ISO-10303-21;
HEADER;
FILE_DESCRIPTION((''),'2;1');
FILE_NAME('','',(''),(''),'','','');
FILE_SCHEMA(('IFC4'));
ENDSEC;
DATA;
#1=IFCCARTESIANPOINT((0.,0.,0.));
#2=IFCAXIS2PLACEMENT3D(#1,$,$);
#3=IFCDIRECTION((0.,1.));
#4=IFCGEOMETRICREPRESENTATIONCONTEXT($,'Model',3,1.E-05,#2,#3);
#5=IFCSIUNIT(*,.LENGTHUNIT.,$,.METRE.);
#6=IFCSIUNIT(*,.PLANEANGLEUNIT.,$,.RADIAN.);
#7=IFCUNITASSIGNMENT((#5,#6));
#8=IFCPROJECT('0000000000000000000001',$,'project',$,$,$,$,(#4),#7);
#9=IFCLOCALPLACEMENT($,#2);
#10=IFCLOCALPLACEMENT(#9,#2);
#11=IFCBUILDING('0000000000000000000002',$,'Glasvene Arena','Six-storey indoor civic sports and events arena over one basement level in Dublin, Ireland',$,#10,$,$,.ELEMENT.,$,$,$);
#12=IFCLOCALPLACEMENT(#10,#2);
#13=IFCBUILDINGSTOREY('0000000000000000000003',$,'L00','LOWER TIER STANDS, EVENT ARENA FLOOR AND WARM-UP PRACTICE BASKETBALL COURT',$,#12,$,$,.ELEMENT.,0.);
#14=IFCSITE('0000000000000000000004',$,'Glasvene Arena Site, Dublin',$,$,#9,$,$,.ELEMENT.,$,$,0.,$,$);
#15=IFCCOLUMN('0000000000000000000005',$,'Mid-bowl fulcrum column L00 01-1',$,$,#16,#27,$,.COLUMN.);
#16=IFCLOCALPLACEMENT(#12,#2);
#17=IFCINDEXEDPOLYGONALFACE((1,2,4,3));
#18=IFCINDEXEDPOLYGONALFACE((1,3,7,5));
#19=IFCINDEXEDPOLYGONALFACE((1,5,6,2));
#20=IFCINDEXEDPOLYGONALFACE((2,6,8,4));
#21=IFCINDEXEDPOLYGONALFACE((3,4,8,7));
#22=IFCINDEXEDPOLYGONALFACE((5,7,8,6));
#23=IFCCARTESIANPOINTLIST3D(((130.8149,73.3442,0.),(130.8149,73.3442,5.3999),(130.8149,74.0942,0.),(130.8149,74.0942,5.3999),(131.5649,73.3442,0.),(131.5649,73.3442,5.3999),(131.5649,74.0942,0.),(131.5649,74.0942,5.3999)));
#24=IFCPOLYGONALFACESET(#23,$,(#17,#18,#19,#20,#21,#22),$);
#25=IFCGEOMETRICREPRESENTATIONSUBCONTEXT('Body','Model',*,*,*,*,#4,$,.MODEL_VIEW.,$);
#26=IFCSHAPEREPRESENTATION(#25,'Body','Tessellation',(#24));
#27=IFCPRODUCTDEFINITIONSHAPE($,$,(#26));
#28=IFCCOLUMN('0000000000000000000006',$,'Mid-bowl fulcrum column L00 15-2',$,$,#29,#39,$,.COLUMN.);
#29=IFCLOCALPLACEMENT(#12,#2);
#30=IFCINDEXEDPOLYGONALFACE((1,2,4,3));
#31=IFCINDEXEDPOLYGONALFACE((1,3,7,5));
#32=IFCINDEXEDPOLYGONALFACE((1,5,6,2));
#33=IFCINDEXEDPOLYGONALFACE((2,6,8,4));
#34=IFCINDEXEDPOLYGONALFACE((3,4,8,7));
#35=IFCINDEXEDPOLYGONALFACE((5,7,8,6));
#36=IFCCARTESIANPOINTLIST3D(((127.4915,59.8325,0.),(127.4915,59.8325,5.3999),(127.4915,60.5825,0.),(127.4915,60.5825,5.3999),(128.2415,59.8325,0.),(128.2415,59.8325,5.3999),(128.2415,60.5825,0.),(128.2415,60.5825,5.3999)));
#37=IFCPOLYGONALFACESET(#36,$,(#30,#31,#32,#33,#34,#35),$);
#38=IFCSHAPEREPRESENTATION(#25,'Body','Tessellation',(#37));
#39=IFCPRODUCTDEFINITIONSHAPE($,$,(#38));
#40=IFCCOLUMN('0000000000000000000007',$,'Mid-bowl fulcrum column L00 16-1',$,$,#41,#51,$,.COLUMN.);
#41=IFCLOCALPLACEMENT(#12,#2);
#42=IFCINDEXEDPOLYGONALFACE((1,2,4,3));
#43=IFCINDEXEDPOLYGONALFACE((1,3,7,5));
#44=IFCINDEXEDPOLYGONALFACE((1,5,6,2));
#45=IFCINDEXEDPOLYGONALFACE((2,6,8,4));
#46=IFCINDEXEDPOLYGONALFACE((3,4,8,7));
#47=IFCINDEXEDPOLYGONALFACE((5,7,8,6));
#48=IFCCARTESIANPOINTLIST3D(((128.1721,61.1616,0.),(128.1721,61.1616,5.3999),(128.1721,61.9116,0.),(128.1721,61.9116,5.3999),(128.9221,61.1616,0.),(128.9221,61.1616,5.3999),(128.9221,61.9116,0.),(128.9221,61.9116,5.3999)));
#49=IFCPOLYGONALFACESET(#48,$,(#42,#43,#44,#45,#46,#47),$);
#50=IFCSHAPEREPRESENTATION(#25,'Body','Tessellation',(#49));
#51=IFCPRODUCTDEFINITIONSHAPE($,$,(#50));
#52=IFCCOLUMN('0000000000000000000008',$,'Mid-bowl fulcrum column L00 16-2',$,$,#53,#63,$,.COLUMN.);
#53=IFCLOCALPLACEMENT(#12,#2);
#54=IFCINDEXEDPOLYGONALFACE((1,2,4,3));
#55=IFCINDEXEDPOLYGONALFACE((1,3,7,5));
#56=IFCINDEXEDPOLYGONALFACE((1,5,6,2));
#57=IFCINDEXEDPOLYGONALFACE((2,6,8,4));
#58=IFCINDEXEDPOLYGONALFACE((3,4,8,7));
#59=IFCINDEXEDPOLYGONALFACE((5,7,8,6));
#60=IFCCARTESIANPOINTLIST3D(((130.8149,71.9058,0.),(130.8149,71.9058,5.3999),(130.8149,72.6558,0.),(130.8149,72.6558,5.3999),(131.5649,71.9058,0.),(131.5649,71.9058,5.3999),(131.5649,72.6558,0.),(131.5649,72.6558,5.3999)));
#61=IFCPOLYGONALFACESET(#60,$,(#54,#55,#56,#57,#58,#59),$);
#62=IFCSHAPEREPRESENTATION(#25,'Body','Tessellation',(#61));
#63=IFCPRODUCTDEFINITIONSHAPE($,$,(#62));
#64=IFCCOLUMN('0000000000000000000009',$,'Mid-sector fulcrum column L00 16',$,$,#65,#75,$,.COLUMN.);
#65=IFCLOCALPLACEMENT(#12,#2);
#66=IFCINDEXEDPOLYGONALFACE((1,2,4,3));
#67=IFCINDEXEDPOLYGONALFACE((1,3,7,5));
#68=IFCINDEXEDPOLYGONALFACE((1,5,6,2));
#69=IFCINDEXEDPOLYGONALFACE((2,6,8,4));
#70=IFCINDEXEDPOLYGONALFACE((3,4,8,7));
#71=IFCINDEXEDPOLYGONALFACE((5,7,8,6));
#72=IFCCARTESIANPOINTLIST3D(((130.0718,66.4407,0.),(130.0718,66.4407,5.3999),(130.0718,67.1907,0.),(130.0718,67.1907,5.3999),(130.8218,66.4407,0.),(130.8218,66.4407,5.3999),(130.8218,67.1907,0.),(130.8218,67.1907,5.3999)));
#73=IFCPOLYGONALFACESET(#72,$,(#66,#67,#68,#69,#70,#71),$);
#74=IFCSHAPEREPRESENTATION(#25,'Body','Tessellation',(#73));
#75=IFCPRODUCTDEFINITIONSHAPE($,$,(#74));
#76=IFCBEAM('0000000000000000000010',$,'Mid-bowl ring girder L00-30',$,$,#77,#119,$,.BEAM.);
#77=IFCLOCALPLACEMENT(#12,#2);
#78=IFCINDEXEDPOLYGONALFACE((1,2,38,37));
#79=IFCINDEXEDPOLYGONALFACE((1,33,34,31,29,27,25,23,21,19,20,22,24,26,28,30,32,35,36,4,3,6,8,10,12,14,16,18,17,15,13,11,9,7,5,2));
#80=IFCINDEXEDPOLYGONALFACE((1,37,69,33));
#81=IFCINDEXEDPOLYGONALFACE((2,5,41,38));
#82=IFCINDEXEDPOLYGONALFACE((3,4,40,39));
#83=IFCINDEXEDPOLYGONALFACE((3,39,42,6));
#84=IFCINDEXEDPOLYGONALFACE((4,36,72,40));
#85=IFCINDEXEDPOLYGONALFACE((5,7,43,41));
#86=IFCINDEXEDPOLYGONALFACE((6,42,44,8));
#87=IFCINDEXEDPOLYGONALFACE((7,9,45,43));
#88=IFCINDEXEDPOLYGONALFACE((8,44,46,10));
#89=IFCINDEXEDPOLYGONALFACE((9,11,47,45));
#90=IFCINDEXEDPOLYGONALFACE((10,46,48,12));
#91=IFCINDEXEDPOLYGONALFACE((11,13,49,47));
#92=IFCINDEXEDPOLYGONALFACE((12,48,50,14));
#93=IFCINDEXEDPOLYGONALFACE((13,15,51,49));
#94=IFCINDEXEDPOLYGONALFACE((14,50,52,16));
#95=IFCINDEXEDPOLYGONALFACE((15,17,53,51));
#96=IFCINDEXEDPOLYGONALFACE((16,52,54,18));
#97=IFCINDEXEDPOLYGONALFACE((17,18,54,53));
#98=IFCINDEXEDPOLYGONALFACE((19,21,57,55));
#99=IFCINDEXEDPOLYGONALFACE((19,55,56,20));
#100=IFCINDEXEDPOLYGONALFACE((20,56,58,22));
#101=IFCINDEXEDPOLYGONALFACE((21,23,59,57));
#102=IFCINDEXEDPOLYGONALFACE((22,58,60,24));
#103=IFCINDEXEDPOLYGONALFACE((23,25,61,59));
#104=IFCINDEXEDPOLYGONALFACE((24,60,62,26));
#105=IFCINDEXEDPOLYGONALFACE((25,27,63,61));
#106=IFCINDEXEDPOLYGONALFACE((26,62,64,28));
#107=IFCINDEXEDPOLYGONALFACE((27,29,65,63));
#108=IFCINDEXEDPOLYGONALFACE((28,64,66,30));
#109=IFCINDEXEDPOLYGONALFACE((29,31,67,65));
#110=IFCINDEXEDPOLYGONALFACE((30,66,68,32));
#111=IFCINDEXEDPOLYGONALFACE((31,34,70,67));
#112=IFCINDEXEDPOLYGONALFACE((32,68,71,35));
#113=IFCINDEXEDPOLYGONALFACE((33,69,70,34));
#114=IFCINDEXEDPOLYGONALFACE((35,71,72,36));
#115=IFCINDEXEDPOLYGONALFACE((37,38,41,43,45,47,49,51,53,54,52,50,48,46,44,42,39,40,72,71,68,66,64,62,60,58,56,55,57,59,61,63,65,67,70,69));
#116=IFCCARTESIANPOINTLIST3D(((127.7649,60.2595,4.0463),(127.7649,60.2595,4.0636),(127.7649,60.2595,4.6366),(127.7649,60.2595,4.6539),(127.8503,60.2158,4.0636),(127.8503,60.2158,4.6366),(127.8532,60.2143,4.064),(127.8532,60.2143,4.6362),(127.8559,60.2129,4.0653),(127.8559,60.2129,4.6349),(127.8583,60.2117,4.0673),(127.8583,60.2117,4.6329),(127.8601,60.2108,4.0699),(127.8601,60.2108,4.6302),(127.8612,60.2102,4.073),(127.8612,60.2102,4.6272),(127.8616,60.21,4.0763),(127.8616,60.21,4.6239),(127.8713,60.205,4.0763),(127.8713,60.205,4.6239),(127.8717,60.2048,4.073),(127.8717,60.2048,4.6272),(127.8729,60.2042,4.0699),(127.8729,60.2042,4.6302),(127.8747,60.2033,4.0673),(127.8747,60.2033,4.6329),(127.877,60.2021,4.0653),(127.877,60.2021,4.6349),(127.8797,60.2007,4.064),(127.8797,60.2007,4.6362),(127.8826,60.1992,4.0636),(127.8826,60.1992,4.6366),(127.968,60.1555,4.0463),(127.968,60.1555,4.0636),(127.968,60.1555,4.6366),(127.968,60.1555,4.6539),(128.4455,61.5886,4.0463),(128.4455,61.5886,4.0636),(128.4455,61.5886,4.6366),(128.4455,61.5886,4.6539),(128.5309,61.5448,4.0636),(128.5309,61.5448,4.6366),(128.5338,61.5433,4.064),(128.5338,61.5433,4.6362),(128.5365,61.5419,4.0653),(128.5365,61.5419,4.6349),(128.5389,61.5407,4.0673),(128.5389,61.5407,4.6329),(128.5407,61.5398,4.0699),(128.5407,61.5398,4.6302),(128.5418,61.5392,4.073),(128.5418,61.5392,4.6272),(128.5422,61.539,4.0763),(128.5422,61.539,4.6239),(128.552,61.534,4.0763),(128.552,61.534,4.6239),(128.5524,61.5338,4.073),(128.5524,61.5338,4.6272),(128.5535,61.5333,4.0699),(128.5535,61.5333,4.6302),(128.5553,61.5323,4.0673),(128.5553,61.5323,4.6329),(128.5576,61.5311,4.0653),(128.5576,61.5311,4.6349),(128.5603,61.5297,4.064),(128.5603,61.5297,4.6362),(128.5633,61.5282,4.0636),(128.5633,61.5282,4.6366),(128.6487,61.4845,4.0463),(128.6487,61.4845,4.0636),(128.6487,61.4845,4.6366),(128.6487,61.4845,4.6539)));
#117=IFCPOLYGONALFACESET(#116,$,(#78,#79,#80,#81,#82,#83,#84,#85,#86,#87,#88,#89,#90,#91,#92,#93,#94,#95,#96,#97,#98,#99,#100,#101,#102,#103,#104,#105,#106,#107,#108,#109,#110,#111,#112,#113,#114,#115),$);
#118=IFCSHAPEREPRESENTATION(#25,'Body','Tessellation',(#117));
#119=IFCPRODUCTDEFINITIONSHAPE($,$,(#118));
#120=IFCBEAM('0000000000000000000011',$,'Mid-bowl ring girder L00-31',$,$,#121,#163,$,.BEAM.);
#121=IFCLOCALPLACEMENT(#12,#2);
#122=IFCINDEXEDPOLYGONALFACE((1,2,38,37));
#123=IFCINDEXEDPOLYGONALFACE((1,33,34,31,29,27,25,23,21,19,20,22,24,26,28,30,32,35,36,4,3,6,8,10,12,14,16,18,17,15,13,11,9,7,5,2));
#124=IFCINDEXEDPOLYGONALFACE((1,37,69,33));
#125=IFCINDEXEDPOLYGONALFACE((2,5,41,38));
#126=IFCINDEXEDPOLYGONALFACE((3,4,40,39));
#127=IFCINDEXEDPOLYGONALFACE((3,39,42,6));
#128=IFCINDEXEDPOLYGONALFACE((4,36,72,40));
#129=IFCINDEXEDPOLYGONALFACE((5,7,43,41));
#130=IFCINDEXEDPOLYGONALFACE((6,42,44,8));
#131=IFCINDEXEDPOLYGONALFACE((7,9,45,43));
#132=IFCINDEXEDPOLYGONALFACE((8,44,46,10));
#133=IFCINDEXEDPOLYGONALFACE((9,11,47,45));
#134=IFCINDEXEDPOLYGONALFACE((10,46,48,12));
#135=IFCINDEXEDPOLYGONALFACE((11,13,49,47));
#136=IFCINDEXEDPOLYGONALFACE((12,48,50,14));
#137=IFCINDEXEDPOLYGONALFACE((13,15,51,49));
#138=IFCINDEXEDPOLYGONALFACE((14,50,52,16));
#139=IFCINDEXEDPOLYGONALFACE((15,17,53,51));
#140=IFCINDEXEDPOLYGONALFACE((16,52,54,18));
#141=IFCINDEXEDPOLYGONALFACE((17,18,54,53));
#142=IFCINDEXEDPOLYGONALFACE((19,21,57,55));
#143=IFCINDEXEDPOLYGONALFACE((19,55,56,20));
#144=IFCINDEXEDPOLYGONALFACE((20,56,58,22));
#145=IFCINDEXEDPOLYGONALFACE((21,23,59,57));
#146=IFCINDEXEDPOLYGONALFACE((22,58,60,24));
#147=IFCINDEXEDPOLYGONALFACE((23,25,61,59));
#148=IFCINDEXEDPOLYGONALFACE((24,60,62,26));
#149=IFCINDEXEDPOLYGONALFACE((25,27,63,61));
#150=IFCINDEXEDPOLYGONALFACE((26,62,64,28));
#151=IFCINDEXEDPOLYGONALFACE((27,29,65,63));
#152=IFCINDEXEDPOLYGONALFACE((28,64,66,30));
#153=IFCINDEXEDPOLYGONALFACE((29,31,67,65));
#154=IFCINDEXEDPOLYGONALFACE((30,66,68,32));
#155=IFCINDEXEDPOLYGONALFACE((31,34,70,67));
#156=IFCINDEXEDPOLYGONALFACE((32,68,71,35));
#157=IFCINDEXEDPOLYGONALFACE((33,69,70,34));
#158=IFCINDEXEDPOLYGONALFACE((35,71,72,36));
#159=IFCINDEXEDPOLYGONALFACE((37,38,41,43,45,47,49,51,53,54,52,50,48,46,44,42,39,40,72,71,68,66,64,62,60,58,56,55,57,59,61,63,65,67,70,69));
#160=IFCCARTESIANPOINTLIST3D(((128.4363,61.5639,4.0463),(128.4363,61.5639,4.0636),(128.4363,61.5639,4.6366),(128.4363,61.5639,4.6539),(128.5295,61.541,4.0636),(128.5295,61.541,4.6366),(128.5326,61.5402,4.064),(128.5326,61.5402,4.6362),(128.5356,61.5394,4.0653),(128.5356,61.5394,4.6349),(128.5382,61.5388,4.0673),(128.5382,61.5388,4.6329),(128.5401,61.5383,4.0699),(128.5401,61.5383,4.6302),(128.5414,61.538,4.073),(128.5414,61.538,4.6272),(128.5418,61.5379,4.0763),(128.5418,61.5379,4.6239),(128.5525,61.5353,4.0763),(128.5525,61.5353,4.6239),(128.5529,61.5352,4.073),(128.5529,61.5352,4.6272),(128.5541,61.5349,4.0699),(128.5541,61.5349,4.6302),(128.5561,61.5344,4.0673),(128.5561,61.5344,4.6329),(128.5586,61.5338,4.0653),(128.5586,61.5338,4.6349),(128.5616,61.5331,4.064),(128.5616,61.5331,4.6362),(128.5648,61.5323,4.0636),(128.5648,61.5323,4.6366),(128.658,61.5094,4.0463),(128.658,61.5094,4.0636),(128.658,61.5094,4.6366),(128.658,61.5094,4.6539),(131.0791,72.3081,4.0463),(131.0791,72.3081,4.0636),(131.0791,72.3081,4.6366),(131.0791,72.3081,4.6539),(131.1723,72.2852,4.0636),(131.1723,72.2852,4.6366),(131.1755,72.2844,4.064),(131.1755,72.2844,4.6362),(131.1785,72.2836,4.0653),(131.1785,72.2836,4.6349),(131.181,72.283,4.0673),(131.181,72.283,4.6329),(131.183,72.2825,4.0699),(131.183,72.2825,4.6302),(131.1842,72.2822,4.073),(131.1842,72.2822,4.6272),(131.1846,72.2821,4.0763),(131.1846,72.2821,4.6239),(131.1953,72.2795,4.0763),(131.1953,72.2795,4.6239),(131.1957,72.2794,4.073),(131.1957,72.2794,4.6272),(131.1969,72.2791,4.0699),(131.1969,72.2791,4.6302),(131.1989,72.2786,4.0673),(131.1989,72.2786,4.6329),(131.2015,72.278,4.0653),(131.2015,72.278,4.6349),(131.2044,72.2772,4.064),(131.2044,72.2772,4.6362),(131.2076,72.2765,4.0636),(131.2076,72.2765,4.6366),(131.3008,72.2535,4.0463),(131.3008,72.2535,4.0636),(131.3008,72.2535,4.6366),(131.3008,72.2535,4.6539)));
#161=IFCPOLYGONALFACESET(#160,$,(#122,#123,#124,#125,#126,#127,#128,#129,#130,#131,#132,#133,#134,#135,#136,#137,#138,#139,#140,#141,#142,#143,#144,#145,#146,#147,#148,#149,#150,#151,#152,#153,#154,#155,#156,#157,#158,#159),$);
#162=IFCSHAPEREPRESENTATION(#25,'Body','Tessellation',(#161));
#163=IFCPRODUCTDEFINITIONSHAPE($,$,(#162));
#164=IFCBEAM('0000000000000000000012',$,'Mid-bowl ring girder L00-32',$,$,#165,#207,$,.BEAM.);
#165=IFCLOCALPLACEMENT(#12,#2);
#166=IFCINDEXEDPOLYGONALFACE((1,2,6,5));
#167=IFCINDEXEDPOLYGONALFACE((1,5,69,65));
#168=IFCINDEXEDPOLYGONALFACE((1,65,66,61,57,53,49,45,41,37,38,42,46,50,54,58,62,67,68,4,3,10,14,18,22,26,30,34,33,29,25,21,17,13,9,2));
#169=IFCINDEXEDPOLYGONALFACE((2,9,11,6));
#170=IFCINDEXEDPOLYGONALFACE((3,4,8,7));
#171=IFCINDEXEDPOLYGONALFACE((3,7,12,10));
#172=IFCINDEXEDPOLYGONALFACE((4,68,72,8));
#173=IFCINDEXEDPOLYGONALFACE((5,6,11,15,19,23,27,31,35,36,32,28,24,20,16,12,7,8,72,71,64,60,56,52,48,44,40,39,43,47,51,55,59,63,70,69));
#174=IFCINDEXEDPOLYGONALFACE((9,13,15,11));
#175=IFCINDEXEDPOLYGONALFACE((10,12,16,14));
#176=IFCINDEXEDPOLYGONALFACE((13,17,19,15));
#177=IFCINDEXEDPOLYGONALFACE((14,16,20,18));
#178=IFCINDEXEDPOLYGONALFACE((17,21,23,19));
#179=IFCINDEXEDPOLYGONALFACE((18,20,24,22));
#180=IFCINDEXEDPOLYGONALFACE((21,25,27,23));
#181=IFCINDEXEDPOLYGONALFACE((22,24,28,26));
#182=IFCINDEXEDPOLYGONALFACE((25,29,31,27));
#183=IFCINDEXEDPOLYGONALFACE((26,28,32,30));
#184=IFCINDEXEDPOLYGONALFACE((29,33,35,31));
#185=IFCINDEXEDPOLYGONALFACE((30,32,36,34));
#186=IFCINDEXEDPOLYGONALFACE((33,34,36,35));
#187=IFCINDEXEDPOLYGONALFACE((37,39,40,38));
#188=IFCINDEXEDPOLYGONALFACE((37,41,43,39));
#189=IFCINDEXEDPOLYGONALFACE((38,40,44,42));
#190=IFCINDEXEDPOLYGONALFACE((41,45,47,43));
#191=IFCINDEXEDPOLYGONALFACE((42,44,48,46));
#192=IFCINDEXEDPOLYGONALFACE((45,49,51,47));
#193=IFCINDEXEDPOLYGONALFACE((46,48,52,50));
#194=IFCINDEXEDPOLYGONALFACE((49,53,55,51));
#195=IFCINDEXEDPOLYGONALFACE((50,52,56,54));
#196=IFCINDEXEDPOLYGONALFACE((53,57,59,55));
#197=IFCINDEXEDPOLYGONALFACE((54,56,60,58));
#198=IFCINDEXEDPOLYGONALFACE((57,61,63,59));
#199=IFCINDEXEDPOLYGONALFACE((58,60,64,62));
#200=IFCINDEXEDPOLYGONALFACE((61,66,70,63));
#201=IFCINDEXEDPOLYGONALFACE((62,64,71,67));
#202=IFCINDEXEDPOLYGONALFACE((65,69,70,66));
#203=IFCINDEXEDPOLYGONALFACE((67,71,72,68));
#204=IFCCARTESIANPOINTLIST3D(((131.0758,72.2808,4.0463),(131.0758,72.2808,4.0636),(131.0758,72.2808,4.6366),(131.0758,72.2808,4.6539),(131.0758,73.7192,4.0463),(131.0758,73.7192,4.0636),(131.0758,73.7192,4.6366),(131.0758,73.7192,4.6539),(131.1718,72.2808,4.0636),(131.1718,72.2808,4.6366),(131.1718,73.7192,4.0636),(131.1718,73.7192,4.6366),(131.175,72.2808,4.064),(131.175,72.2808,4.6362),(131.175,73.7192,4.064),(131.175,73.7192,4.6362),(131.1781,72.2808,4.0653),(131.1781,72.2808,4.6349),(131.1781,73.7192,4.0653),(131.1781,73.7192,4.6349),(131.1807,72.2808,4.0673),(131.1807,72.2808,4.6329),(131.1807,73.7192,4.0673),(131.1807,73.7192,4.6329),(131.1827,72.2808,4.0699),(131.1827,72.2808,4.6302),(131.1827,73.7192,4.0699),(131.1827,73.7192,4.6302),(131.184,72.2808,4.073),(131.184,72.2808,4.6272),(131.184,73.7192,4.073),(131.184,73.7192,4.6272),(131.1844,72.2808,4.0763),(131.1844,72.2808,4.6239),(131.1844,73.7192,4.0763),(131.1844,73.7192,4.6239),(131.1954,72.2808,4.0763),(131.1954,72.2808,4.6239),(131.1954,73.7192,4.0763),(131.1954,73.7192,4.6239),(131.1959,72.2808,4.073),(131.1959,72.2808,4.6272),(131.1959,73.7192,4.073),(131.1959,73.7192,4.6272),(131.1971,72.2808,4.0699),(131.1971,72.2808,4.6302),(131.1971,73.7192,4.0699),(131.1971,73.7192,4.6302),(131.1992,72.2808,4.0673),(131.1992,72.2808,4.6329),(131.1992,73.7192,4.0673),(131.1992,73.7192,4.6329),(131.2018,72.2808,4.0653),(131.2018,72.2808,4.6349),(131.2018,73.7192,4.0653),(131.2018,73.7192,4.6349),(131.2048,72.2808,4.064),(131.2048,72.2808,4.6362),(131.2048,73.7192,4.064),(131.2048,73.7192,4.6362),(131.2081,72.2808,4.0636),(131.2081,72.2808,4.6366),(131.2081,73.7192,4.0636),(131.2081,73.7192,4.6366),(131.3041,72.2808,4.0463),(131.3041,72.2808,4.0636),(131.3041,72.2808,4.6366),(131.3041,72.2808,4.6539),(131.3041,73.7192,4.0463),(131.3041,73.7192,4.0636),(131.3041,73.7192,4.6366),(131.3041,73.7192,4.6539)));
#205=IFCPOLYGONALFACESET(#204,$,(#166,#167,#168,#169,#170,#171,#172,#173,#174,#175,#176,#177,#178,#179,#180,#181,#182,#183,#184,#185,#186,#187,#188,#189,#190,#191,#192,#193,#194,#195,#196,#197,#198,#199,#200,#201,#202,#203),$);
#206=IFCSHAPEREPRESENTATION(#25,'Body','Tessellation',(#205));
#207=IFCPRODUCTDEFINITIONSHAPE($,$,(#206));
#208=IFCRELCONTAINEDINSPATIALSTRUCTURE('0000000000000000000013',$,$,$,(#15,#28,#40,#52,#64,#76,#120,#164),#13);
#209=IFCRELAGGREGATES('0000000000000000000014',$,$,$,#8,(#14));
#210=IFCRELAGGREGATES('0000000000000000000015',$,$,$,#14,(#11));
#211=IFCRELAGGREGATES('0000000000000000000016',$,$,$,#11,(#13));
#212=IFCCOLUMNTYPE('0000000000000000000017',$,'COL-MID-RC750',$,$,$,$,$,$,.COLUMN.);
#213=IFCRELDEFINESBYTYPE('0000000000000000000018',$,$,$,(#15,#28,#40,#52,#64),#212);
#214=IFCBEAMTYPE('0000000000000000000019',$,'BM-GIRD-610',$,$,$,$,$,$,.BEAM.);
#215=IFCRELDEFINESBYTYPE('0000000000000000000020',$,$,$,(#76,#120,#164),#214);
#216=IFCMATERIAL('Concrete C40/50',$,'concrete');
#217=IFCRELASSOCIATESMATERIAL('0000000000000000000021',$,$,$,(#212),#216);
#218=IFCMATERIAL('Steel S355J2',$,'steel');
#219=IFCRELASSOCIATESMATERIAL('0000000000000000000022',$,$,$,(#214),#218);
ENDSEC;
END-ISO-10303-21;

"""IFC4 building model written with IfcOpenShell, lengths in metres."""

from ifc_helpers import new_model, si_unit, direction, frame, origin, origin_2d, place, context, subcontext, project, spatial, rectangle, i_section, extrude, material, material_profile, profile_set, type_object, element, save


model = new_model("IFC4")

# Units and contexts
model_context = context("Model", 3, precision=1e-05, world=origin(), true_north=direction((0.0, 1.0)))
body_context = subcontext(model_context, "Body", "Model", "MODEL_VIEW")
ifc_project = project(units=[si_unit("LENGTHUNIT", "METRE"), si_unit("PLANEANGLEUNIT", "RADIAN")], contexts=[model_context])

# Site, building, storey
site_placement = place(None, origin())
site = spatial("IfcSite", under=ifc_project, at=site_placement, Name="Glasvene Arena Site, Dublin", CompositionType="ELEMENT", RefElevation=0.0)
building_placement = place(site_placement, origin())
building = spatial("IfcBuilding", under=site, at=building_placement, Name="Glasvene Arena", Description="Six-storey indoor civic sports and events arena over one basement level in Dublin, Ireland", CompositionType="ELEMENT")
storey_placement = place(building_placement, origin())
storey = spatial("IfcBuildingStorey", under=building, at=storey_placement, Name="L00", Description="LOWER TIER STANDS, EVENT ARENA FLOOR AND WARM-UP PRACTICE BASKETBALL COURT", CompositionType="ELEMENT", Elevation=0.0)

# Columns
ifc_material_1 = material(Name="Concrete C40/50", Category="concrete")
ifc_material_profile_1 = material_profile(ifc_material_1, rectangle(XDim=0.75, YDim=0.75, at=origin_2d()), Name="RC 750x750")
ifc_profile_set_1 = profile_set([ifc_material_profile_1], Name="Concrete C40/50")
column_type = type_object("IfcColumnType", Name="COL-MID-RC750", PredefinedType="COLUMN", material=ifc_profile_set_1)
for number, where, z_axis, x_axis, name in (
    (1, (131.1899, 73.7192, 0.0), (0.0, 0.0, 1.0), (1.0, 0.0, 0.0), "Mid-bowl fulcrum column L00 01-1"),
    (2, (127.8665, 60.2075, 0.0), (0.0, 0.0, 1.0), (1.0, 0.0, 0.0), "Mid-bowl fulcrum column L00 15-2"),
    (3, (128.5471, 61.5366, 0.0), (0.0, 0.0, 1.0), (1.0, 0.0, 0.0), "Mid-bowl fulcrum column L00 16-1"),
    (4, (131.1899, 72.2808, 0.0), (0.0, 0.0, 1.0), (1.0, 0.0, 0.0), "Mid-bowl fulcrum column L00 16-2"),
    (5, (130.4468, 66.8157, 0.0), (0.0, 0.0, 1.0), (1.0, 0.0, 0.0), "Mid-sector fulcrum column L00 16"),
):
    element("IfcColumn", number, at=place(storey_placement, frame(where, z_axis=z_axis, x_axis=x_axis)), inside=storey, type_object=column_type, Name=name, PredefinedType="COLUMN", context=body_context, shape_type="SweptSolid", body=[
        extrude(rectangle(XDim=0.75, YDim=0.75, at=origin_2d()), origin(), (0.0, 0.0, 1.0), 5.3999),
    ])

# Beams
ifc_material_2 = material(Name="Steel S355J2", Category="steel")
ifc_material_profile_2 = material_profile(ifc_material_2, i_section(OverallWidth=0.2283, OverallDepth=0.6077, WebThickness=0.011, FlangeThickness=0.0173, FilletRadius=0.0127, at=origin_2d()), Name="UKB 610x229x113")
ifc_profile_set_2 = profile_set([ifc_material_profile_2], Name="Steel S355J2")
beam_type_1 = type_object("IfcBeamType", Name="BM-GIRD-610", PredefinedType="BEAM", material=ifc_profile_set_2)
beam_1_placement = place(storey_placement, frame((127.8665, 60.2075, 4.3501), z_axis=(0.455825, 0.890069, 0.0), x_axis=(-0.890069, 0.455825, 0.0)))
element("IfcBeam", 6, at=beam_1_placement, inside=storey, type_object=beam_type_1, Name="Mid-bowl ring girder L00-30", PredefinedType="BEAM", context=body_context, shape_type="SweptSolid", body=[
    extrude(i_section(OverallWidth=0.2283, OverallDepth=0.6077, WebThickness=0.011, FlangeThickness=0.0173, FilletRadius=0.0127, at=origin_2d()), origin(), (0.0, 0.0, 1.0), 1.4932),
])
beam_2_placement = place(storey_placement, frame((128.5471, 61.5366, 4.3501), z_axis=(0.238858, 0.971054, 0.0), x_axis=(-0.971054, 0.238858, 0.0)))
element("IfcBeam", 7, at=beam_2_placement, inside=storey, type_object=beam_type_1, Name="Mid-bowl ring girder L00-31", PredefinedType="BEAM", context=body_context, shape_type="SweptSolid", body=[
    extrude(i_section(OverallWidth=0.2283, OverallDepth=0.6077, WebThickness=0.011, FlangeThickness=0.0173, FilletRadius=0.0127, at=origin_2d()), origin(), (0.0, 0.0, 1.0), 11.0645),
])
beam_3_placement = place(storey_placement, frame((131.1899, 72.2808, 4.3501), z_axis=(0.0, 1.0, 0.0), x_axis=(-1.0, 0.0, 0.0)))
element("IfcBeam", 8, at=beam_3_placement, inside=storey, type_object=beam_type_1, Name="Mid-bowl ring girder L00-32", PredefinedType="BEAM", context=body_context, shape_type="SweptSolid", body=[
    extrude(i_section(OverallWidth=0.2283, OverallDepth=0.6077, WebThickness=0.011, FlangeThickness=0.0173, FilletRadius=0.0127, at=origin_2d()), origin(), (0.0, 0.0, 1.0), 1.4385),
])

save(model, "model.ifc")
